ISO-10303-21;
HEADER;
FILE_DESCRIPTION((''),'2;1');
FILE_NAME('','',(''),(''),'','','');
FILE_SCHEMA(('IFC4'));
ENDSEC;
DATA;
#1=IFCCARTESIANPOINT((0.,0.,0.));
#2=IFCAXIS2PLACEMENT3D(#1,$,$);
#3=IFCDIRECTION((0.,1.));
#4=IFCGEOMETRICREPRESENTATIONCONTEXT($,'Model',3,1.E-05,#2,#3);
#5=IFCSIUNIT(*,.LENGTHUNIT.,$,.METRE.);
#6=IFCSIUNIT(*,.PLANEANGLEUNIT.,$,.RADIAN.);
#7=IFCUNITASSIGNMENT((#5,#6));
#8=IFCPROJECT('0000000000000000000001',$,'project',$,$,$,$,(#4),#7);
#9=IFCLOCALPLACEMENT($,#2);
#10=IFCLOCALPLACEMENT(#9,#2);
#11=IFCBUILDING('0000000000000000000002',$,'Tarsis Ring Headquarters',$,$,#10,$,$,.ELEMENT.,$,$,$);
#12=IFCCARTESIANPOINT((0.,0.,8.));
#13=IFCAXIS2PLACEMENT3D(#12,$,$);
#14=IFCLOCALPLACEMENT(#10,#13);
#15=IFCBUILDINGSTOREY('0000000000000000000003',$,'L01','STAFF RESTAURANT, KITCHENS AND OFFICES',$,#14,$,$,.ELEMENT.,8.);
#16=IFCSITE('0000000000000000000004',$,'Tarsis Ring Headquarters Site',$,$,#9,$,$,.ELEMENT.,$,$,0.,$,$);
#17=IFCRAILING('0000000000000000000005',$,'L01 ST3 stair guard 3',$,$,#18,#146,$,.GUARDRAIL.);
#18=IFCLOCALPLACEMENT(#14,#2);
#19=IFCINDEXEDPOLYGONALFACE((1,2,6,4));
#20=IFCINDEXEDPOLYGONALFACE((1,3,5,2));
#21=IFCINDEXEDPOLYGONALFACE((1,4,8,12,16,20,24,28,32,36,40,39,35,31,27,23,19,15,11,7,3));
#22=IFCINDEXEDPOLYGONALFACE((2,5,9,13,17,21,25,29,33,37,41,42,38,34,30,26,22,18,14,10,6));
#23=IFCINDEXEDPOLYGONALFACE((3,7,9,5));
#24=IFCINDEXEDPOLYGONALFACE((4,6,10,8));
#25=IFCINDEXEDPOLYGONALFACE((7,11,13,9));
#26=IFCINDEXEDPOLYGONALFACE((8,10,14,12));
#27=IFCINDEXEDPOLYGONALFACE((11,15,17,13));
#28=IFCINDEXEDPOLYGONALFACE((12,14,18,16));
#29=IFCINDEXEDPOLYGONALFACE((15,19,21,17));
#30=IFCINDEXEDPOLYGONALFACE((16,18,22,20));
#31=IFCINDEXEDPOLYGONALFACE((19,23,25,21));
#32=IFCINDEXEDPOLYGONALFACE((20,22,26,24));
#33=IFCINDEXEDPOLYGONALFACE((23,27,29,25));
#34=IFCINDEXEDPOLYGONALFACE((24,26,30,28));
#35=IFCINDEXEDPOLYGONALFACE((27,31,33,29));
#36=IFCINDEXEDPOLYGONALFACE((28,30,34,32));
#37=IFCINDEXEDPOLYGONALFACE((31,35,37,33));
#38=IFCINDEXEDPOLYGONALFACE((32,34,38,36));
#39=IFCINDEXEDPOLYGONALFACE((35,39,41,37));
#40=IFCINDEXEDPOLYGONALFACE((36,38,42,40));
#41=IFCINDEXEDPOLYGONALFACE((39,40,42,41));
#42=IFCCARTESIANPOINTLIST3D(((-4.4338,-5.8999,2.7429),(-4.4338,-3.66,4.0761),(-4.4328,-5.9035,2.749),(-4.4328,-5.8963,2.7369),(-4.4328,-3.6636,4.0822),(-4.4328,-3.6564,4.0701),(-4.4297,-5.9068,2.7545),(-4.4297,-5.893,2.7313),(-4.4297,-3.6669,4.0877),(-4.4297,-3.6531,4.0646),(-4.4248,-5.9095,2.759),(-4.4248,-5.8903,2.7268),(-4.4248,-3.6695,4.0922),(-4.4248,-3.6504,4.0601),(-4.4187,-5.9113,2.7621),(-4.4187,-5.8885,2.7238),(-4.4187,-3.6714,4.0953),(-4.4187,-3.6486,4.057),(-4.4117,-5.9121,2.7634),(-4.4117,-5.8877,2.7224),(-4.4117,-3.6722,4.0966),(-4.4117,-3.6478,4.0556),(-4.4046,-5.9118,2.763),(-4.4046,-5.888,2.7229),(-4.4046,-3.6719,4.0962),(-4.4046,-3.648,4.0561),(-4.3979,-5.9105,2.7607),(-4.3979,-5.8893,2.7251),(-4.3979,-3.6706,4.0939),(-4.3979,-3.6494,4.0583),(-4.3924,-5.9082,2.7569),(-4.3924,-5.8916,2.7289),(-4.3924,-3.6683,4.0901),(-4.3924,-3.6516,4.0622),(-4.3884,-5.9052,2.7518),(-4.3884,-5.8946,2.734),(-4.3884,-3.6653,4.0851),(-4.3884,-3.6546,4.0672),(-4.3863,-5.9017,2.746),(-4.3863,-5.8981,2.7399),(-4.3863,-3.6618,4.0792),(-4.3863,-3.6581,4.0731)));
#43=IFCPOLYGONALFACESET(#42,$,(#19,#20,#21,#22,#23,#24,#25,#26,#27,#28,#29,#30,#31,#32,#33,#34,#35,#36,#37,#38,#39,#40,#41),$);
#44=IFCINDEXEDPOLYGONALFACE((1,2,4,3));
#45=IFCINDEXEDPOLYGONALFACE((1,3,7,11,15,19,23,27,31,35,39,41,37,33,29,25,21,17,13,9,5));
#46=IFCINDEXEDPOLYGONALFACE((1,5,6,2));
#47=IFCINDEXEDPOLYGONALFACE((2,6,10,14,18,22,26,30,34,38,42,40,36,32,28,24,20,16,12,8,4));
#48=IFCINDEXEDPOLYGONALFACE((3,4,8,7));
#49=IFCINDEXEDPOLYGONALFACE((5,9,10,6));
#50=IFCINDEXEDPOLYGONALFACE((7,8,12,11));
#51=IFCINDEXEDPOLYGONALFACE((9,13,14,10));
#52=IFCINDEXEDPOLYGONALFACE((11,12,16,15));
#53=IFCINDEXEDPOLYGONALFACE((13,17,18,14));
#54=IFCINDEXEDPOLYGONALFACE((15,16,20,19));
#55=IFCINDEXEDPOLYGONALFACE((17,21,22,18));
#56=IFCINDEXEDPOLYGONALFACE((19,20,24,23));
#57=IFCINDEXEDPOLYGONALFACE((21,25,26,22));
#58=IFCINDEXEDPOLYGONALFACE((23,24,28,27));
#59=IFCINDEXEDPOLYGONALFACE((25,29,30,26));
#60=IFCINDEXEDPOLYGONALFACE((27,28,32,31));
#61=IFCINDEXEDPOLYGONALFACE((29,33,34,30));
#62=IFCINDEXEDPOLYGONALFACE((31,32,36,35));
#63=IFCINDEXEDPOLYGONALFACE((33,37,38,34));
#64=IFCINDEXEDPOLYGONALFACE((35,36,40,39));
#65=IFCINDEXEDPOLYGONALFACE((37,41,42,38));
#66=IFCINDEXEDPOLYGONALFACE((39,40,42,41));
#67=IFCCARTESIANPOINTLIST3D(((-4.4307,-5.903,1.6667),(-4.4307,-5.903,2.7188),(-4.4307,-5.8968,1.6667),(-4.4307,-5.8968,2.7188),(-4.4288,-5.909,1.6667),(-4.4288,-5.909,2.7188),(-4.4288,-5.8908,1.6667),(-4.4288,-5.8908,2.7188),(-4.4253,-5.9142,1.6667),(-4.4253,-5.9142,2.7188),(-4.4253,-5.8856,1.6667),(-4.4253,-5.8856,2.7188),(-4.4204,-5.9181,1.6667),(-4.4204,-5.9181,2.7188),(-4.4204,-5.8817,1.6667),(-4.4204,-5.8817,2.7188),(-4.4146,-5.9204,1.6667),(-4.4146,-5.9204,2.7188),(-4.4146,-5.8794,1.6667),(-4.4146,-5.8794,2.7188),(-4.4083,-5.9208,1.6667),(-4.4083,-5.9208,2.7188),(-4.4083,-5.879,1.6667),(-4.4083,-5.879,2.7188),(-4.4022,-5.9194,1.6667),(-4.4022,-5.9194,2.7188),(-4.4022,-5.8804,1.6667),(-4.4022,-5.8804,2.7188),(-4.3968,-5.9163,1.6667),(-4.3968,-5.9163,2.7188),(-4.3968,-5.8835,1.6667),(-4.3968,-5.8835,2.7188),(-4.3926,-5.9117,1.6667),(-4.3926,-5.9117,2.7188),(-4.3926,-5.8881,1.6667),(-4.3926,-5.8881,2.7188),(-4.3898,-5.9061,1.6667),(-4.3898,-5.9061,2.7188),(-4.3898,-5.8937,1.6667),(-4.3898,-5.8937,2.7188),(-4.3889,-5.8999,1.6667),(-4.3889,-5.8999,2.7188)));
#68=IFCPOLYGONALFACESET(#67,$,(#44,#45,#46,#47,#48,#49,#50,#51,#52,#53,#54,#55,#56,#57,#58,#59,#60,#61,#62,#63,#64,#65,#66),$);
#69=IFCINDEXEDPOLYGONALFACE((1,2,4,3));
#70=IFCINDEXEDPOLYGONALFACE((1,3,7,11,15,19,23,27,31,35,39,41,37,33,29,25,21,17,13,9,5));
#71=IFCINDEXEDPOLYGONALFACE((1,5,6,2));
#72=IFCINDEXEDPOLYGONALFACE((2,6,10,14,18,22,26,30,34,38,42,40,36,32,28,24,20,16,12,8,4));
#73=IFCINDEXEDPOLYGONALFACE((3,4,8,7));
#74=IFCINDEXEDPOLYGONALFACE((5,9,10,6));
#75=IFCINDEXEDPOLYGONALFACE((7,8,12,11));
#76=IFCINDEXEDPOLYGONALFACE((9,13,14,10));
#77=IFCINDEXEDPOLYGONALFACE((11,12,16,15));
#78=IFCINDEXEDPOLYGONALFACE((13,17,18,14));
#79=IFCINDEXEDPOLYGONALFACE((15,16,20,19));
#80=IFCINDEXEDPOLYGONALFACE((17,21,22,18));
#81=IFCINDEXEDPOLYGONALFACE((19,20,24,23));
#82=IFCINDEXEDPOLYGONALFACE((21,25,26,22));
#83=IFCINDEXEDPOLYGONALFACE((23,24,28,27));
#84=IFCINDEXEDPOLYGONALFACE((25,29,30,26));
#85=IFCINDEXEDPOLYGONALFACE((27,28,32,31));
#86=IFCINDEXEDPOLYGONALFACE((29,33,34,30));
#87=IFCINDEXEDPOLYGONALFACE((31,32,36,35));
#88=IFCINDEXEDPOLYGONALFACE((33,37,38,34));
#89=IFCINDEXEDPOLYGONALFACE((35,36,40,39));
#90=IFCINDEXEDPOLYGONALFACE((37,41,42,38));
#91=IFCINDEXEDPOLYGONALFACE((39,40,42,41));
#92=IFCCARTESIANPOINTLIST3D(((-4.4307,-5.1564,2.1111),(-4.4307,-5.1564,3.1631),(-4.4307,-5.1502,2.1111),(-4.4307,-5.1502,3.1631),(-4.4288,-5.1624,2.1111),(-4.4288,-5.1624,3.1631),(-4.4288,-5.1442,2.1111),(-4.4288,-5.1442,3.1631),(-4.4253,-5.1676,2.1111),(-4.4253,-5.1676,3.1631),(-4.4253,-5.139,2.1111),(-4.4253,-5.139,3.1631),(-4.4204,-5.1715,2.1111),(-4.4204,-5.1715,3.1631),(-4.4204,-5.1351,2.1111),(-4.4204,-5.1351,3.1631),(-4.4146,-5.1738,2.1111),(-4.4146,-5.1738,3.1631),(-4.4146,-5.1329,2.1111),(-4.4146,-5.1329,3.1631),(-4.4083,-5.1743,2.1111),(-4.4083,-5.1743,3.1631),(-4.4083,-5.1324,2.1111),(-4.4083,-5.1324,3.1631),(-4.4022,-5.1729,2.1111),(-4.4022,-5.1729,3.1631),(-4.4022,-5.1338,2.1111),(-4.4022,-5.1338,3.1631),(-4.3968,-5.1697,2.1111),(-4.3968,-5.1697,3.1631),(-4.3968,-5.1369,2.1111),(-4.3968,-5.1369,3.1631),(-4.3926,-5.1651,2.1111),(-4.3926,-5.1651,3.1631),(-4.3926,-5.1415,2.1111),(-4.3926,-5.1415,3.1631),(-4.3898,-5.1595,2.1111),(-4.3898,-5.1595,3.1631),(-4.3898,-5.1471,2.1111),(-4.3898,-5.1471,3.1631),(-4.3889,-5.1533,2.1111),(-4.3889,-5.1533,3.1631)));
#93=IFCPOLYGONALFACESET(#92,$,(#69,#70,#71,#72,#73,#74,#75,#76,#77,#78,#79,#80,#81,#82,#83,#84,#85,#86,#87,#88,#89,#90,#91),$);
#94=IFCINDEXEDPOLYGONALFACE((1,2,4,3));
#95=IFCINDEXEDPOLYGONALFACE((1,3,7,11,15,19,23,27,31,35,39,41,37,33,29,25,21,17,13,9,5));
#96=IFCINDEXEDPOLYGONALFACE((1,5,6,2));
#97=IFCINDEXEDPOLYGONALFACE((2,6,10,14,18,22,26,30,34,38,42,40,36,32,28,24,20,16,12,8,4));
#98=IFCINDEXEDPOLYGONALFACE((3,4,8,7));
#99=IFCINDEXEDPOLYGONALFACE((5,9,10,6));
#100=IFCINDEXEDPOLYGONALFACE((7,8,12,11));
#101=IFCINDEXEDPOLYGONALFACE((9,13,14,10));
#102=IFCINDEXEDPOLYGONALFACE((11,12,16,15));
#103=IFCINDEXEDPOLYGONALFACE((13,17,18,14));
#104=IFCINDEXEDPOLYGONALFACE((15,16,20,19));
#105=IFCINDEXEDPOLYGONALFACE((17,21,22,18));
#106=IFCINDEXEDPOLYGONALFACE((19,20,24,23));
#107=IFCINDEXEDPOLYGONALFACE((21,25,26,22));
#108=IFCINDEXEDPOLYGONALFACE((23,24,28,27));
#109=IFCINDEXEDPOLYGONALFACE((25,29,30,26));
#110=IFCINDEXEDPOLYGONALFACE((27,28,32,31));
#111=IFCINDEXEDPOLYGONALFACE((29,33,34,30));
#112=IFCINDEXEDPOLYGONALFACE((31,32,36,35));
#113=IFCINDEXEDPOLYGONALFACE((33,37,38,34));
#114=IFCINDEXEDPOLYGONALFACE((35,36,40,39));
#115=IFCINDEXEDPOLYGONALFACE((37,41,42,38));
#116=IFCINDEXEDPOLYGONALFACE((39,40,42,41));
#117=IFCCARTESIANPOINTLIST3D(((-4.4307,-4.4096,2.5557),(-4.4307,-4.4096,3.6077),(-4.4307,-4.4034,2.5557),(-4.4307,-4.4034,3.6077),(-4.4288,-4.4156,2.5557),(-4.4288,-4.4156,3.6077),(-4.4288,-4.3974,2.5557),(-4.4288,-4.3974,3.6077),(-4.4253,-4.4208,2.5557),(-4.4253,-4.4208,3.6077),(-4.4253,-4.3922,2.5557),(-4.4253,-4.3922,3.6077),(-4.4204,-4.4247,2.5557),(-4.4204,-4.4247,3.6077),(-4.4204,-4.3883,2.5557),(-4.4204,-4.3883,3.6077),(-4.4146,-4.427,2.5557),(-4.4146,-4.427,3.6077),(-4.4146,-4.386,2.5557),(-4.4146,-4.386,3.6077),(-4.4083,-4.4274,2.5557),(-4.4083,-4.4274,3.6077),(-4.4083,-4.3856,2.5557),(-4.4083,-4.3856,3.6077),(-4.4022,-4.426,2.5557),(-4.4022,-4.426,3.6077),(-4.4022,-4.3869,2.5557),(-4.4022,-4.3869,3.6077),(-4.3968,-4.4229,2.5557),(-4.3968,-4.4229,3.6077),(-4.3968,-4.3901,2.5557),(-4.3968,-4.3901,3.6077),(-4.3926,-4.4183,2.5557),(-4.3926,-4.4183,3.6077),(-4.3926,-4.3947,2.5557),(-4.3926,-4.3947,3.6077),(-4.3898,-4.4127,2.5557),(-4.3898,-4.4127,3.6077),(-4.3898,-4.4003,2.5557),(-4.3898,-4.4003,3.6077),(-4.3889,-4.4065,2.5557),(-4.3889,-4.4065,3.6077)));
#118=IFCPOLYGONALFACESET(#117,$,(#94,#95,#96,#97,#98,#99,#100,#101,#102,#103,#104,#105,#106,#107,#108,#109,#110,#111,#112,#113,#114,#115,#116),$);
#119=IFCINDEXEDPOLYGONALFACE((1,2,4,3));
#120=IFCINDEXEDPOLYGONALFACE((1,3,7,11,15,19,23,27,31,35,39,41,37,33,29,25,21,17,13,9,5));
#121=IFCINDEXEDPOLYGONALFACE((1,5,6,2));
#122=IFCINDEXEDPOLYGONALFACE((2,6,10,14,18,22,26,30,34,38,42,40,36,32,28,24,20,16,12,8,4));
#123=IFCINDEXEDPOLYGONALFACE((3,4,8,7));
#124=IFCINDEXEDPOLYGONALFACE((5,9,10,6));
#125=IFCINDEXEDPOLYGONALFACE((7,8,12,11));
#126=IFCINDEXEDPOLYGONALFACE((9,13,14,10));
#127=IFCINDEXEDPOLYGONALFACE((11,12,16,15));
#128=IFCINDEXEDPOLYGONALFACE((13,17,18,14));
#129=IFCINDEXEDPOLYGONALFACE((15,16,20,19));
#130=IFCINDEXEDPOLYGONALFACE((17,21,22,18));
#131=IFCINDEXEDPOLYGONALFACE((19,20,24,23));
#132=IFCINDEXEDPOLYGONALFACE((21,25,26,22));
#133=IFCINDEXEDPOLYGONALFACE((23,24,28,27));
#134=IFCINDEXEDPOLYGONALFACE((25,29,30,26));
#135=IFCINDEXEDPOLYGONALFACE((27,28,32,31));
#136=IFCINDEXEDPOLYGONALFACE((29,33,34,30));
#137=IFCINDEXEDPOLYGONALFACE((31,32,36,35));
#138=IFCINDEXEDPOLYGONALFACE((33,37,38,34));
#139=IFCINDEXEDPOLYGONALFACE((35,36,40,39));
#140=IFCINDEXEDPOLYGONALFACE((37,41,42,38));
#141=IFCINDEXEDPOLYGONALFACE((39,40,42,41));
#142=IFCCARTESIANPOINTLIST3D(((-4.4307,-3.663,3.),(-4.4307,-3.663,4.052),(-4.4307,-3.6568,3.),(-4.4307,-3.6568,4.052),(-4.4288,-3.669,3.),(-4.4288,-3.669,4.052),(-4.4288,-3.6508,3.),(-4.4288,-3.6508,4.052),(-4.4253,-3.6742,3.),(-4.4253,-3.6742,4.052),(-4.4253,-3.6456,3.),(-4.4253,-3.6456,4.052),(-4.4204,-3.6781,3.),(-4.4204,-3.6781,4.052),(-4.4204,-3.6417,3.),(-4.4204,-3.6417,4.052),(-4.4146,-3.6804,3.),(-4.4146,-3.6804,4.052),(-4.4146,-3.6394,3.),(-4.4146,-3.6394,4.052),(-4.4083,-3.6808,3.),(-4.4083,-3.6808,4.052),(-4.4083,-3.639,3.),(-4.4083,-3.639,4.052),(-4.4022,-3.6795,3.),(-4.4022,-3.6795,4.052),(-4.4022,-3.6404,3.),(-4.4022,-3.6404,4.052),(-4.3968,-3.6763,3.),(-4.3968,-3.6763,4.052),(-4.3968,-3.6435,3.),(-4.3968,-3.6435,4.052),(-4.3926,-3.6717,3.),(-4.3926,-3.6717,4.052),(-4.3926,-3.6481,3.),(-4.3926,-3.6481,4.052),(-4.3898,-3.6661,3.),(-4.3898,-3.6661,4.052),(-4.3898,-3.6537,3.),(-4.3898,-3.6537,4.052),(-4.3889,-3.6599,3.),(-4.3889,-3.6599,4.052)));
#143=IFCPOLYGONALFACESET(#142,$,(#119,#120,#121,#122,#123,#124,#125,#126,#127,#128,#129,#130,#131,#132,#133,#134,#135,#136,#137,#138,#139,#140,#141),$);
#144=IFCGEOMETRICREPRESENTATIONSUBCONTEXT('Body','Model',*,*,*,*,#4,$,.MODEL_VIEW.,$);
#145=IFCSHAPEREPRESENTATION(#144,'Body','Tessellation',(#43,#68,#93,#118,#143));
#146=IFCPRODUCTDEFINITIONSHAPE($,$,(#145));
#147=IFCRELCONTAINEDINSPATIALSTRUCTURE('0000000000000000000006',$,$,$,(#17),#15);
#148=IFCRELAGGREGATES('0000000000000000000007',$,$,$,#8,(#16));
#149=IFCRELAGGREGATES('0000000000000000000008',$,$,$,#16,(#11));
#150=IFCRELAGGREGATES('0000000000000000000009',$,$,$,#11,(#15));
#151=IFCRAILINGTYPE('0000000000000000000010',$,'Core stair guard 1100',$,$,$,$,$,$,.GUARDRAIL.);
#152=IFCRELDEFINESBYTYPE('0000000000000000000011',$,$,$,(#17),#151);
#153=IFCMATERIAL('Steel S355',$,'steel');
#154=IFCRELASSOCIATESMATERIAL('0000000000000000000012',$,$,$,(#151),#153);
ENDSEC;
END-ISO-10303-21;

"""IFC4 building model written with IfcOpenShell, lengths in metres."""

from ifc_helpers import new_model, si_unit, direction, frame, origin, origin_2d, place, context, subcontext, project, spatial, circle, extrude, material, type_object, element, save


model = new_model("IFC4")

# Units and contexts
model_context = context("Model", 3, precision=1e-05, world=origin(), true_north=direction((0.0, 1.0)))
body_context = subcontext(model_context, "Body", "Model", "MODEL_VIEW")
ifc_project = project(units=[si_unit("LENGTHUNIT", "METRE"), si_unit("PLANEANGLEUNIT", "RADIAN")], contexts=[model_context])

# Site, building, storey
site_placement = place(None, origin())
site = spatial("IfcSite", under=ifc_project, at=site_placement, Name="Tarsis Ring Headquarters Site", CompositionType="ELEMENT", RefElevation=0.0)
building_placement = place(site_placement, origin())
building = spatial("IfcBuilding", under=site, at=building_placement, Name="Tarsis Ring Headquarters", CompositionType="ELEMENT")
storey_placement = place(building_placement, frame((0.0, 0.0, 8.0)))
storey = spatial("IfcBuildingStorey", under=building, at=storey_placement, Name="L01", Description="STAFF RESTAURANT, KITCHENS AND OFFICES", CompositionType="ELEMENT", Elevation=8.0)

# Railing
ifc_material_1 = material(Name="Steel S355", Category="steel")
railing_type_1 = type_object("IfcRailingType", Name="Core stair guard 1100", PredefinedType="GUARDRAIL", material=ifc_material_1)
railing_1_placement = place(storey_placement, frame((-4.4099, -5.8999, 1.6667)))
element("IfcRailing", 1, at=railing_1_placement, inside=storey, type_object=railing_type_1, Name="L01 ST3 stair guard 3", PredefinedType="GUARDRAIL", context=body_context, shape_type="SweptSolid", body=[
    extrude(circle(Radius=0.0239, at=origin_2d()), frame((0.0, 0.0, 1.0762), z_axis=(0.0, 0.859306, 0.511462), x_axis=(-1.0, 0.0, 0.0)), (0.0, 0.0, 1.0), 2.6067),
    extrude(circle(Radius=0.021, at=origin_2d()), origin(), (0.0, 0.0, 1.0), 1.052),
    extrude(circle(Radius=0.021, at=origin_2d()), frame((0.0, 0.7466, 0.4443)), (0.0, 0.0, 1.0), 1.052),
    extrude(circle(Radius=0.021, at=origin_2d()), frame((0.0, 1.4934, 0.8889)), (0.0, 0.0, 1.0), 1.052),
    extrude(circle(Radius=0.021, at=origin_2d()), frame((0.0, 2.24, 1.3333)), (0.0, 0.0, 1.0), 1.052),
])

save(model, "model.ifc")
